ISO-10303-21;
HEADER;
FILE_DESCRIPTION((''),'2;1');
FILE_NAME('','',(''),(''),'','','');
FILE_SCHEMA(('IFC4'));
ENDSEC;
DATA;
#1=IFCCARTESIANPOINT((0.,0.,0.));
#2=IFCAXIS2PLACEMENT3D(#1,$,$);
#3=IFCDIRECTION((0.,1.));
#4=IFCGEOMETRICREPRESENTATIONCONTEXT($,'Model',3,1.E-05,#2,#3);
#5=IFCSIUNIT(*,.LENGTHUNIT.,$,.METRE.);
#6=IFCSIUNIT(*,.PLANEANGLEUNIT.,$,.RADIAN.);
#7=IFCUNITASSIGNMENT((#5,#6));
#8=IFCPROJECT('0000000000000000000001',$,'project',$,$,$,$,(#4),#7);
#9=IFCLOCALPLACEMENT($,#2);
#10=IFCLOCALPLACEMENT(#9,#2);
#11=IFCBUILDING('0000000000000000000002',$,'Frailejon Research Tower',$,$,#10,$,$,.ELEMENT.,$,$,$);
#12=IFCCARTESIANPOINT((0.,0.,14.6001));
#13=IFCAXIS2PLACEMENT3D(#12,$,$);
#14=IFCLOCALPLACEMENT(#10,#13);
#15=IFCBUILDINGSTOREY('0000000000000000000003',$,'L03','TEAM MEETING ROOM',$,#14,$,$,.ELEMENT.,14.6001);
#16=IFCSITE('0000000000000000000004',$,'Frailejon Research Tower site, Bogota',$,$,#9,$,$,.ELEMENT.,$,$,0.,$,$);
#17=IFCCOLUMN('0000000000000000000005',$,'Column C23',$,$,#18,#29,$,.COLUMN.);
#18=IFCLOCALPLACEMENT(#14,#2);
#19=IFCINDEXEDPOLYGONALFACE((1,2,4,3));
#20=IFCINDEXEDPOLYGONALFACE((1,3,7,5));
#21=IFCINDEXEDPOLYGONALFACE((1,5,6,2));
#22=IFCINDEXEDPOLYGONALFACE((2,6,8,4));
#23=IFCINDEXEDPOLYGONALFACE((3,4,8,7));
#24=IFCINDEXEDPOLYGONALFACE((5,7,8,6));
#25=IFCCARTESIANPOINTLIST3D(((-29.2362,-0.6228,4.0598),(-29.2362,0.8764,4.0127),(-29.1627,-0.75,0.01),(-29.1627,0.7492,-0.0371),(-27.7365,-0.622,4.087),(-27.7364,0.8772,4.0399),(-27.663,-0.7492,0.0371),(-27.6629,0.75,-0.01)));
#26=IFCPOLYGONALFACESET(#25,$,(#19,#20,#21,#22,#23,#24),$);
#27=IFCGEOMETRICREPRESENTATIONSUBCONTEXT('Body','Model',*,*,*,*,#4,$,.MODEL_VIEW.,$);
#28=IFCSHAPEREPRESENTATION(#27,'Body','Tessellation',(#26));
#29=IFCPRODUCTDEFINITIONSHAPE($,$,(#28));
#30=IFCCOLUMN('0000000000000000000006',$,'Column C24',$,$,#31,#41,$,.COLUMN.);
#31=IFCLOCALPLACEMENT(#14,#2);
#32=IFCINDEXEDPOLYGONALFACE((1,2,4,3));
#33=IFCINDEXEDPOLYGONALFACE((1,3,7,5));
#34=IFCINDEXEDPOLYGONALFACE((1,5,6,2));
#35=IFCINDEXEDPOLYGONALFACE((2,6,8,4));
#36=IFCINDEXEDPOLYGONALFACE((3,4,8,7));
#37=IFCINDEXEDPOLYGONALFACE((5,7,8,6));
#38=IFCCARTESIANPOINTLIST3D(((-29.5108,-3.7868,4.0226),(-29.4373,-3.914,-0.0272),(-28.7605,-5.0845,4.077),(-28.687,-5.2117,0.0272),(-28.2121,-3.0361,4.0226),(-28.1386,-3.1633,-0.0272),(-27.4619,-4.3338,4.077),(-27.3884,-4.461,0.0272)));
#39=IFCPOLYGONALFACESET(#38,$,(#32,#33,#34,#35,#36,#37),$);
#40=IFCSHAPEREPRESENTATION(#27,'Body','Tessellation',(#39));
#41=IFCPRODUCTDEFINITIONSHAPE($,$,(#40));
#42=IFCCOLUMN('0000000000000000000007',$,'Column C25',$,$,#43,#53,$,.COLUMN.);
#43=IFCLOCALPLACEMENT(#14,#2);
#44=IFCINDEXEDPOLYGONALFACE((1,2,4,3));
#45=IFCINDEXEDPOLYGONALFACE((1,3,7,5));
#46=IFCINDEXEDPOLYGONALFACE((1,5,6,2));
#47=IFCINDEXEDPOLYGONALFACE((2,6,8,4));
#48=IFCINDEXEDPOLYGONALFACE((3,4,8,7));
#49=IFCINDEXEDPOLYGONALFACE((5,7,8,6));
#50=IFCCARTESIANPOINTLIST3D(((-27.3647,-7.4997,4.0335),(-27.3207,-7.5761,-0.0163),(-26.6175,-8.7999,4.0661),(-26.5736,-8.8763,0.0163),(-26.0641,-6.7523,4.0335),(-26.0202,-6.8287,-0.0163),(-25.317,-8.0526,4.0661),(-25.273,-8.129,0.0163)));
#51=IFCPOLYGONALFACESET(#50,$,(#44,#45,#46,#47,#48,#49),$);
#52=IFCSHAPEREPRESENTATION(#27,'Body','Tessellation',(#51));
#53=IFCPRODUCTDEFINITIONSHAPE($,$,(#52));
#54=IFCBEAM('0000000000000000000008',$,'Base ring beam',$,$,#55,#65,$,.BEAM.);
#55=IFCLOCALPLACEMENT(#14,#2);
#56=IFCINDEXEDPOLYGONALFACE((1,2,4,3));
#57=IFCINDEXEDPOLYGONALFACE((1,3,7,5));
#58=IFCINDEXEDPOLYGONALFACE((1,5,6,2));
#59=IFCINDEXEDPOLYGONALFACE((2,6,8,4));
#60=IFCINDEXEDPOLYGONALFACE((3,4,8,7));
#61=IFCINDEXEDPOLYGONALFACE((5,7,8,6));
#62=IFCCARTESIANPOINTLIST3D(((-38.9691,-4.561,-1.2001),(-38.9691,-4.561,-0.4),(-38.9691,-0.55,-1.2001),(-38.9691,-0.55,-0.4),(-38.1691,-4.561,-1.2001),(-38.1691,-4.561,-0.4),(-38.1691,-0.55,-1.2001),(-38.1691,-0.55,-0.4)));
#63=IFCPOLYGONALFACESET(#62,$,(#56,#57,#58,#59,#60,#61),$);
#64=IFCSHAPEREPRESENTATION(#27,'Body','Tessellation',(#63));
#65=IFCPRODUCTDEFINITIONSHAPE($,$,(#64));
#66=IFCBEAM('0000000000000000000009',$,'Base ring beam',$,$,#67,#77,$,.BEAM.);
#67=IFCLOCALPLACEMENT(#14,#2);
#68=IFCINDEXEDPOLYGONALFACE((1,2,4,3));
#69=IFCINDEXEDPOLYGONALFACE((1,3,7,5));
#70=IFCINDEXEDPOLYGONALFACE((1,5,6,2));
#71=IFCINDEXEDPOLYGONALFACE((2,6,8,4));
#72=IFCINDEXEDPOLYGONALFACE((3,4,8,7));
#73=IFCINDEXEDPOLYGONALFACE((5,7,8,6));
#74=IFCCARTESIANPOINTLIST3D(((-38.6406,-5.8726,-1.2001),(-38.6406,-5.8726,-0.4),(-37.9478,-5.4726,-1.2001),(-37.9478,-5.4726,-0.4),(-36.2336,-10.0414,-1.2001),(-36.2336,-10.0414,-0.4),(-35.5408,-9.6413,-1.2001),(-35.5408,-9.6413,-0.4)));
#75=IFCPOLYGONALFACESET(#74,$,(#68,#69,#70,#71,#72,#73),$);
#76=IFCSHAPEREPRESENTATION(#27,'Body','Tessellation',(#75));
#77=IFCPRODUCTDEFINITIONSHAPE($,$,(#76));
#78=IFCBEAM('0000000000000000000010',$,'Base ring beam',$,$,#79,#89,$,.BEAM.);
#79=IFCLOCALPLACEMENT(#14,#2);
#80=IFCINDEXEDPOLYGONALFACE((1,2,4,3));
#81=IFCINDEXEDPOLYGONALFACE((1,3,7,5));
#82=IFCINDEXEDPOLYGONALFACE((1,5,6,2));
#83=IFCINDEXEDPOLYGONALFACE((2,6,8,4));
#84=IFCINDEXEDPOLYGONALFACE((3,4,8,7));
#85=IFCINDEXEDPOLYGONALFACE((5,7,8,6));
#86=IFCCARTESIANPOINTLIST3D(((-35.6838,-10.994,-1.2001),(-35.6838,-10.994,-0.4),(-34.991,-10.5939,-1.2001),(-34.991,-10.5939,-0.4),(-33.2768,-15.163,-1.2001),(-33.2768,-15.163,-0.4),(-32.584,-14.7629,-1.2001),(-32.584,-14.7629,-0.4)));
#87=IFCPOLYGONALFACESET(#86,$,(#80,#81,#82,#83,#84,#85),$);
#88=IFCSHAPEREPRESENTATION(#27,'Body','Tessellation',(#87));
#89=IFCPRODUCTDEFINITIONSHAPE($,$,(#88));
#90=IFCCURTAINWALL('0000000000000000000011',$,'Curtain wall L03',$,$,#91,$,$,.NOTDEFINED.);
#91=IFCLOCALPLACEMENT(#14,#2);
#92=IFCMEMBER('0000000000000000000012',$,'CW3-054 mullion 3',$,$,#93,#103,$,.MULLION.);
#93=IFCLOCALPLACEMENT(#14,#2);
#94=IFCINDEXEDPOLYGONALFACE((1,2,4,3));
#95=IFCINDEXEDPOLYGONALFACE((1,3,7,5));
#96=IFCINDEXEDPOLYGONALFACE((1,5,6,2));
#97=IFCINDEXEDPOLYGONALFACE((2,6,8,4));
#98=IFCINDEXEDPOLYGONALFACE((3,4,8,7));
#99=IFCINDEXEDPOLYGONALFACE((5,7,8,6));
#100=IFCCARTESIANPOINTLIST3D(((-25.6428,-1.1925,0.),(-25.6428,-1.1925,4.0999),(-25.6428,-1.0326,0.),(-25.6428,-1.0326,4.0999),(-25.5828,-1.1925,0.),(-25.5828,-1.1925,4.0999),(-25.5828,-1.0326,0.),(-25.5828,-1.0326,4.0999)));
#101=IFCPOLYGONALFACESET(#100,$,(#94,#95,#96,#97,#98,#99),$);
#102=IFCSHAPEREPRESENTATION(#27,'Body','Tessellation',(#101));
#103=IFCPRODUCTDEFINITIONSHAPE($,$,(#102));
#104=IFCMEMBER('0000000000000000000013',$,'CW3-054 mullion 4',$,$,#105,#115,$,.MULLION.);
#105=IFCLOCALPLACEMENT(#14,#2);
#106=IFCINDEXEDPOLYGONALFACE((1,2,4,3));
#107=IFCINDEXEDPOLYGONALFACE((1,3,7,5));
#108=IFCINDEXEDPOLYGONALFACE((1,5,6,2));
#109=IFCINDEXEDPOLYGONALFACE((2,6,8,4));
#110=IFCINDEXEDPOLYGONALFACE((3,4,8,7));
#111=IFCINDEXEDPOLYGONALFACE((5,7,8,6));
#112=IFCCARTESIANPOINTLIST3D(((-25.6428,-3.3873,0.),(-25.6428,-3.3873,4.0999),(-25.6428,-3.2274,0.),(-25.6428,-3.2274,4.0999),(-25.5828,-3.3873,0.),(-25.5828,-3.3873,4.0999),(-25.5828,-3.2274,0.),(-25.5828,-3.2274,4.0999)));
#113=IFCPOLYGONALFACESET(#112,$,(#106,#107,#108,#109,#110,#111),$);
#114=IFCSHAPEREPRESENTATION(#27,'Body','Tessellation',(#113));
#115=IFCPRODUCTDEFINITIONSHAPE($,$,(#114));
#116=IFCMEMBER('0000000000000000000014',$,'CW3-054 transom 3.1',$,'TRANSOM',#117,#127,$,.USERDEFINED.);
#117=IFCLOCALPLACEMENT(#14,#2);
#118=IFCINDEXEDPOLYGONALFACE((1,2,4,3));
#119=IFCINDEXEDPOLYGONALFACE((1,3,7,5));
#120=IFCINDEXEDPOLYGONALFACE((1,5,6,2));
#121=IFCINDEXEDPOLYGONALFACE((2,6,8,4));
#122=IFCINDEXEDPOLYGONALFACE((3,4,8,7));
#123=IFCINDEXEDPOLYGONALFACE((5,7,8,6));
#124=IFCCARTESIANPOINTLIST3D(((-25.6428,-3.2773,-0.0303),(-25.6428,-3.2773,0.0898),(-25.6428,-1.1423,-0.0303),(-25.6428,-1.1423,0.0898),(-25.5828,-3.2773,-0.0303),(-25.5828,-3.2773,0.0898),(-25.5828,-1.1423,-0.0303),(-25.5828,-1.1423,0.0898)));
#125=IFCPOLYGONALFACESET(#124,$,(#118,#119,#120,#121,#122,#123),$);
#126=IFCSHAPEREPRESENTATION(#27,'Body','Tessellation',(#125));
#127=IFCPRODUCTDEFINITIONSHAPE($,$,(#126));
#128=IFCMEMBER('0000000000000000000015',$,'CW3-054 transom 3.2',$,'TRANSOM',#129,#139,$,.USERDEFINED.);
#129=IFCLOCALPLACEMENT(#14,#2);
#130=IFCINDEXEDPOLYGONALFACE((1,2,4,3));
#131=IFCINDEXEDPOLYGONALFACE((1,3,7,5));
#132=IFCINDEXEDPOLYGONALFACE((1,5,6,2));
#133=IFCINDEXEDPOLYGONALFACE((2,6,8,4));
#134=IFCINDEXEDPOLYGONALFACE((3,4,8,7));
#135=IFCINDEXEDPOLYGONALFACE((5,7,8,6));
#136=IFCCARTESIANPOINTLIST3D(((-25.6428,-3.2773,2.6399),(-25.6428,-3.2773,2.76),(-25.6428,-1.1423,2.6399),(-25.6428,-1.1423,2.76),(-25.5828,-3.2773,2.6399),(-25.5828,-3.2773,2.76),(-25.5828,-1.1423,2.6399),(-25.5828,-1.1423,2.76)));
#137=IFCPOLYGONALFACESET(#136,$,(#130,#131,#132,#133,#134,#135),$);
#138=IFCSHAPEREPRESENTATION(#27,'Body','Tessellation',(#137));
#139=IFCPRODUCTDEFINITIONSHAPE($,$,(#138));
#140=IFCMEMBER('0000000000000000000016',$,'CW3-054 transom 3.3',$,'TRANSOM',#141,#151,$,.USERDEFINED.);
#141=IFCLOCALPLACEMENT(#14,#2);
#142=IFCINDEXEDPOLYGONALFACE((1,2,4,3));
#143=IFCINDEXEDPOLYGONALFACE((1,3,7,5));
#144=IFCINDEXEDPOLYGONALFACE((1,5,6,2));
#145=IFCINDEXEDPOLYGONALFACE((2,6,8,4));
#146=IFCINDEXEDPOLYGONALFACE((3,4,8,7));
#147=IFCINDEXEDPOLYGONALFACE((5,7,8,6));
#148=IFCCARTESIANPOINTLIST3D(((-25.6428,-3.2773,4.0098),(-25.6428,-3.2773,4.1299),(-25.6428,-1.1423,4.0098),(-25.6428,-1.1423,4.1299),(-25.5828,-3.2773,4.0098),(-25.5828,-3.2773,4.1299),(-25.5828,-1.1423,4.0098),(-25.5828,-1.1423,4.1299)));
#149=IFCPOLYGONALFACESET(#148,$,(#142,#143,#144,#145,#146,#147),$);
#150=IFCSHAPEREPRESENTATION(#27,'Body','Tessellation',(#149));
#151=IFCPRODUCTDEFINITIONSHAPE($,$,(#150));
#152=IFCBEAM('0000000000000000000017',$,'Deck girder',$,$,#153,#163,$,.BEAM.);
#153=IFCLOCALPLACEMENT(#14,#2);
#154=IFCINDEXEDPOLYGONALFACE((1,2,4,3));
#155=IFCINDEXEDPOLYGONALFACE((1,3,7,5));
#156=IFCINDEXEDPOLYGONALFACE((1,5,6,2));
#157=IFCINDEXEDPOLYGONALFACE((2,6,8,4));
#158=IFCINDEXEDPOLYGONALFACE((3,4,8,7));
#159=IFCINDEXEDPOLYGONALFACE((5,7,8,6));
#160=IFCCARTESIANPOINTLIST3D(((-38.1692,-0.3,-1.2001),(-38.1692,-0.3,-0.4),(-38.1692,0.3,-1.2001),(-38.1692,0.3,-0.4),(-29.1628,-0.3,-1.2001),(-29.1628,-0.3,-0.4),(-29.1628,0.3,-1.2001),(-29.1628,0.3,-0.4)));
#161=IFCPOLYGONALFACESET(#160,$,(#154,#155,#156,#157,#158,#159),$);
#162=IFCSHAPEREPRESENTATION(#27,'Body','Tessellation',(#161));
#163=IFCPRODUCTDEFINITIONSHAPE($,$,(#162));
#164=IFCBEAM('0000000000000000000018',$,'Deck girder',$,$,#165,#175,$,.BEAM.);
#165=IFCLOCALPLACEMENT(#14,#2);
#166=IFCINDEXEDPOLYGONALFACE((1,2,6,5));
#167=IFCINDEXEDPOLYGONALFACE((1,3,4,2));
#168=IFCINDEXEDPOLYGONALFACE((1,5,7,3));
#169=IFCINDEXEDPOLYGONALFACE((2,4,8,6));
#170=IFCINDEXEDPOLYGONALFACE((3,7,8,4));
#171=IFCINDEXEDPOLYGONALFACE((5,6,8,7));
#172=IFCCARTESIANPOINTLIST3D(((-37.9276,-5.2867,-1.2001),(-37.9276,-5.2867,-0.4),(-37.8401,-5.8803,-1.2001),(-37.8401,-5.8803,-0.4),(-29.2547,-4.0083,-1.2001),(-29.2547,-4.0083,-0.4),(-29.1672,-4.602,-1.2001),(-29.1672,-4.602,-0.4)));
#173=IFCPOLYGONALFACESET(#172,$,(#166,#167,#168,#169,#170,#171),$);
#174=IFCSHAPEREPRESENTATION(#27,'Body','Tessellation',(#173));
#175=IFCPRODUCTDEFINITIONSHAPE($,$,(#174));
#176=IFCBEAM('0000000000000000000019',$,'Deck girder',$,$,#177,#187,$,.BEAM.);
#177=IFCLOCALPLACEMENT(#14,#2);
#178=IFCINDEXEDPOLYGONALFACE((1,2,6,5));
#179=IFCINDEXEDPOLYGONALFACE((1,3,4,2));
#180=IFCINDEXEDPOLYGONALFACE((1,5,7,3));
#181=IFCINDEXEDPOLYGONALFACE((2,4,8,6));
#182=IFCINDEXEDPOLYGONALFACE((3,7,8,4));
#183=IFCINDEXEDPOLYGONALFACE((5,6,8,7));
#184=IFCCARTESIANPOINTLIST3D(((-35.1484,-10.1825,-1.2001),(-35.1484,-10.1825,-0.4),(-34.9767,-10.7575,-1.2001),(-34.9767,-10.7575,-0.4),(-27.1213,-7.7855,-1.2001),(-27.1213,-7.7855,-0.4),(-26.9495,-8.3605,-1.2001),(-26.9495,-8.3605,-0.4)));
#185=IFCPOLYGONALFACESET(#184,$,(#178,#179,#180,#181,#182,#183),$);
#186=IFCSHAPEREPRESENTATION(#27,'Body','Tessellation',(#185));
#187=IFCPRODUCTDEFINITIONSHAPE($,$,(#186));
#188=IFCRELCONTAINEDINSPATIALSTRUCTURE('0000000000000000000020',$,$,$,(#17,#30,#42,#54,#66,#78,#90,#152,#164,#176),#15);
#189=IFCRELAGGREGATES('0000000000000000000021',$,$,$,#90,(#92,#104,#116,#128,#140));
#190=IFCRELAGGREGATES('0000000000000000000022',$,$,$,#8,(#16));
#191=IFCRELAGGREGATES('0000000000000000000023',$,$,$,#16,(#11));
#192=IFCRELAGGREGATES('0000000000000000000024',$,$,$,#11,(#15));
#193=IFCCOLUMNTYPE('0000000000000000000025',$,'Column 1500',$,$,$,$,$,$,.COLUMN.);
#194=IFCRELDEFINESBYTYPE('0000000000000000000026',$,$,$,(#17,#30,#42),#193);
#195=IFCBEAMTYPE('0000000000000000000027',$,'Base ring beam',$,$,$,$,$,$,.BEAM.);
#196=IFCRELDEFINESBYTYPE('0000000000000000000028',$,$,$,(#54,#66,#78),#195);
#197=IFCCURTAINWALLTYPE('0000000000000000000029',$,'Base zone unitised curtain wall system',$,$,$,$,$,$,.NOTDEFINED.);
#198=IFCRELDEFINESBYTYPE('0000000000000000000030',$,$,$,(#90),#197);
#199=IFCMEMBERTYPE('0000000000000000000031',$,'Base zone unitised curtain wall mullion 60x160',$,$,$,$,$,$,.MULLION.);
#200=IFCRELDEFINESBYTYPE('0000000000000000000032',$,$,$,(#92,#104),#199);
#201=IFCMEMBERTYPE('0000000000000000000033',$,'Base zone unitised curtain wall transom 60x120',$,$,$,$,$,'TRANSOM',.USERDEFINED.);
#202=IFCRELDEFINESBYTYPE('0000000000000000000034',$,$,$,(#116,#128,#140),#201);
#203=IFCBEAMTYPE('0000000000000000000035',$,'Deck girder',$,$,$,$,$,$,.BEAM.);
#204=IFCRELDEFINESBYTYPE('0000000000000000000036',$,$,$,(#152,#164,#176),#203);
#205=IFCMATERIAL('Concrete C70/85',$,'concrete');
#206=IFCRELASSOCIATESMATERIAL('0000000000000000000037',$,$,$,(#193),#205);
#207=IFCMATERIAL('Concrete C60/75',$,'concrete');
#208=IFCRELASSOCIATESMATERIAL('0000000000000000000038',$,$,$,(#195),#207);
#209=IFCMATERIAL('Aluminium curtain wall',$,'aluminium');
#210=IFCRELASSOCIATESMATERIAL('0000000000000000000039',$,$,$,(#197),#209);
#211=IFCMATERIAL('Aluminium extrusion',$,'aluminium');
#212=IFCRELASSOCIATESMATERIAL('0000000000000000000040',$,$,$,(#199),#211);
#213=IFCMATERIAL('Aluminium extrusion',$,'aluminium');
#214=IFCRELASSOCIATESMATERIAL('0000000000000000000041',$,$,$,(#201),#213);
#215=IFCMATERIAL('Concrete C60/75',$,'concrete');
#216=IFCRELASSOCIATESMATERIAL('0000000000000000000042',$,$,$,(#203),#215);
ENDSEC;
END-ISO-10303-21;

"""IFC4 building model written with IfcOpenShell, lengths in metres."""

from ifc_helpers import new_model, si_unit, direction, frame, origin, origin_2d, place, context, subcontext, project, spatial, rectangle, extrude, material, material_profile, profile_set, type_object, element, aggregate, save


model = new_model("IFC4")

# Units and contexts
model_context = context("Model", 3, precision=1e-05, world=origin(), true_north=direction((0.0, 1.0)))
body_context = subcontext(model_context, "Body", "Model", "MODEL_VIEW")
ifc_project = project(units=[si_unit("LENGTHUNIT", "METRE"), si_unit("PLANEANGLEUNIT", "RADIAN")], contexts=[model_context])

# Site, building, storey
site_placement = place(None, origin())
site = spatial("IfcSite", under=ifc_project, at=site_placement, Name="Frailejon Research Tower site, Bogota", CompositionType="ELEMENT", RefElevation=0.0)
building_placement = place(site_placement, origin())
building = spatial("IfcBuilding", under=site, at=building_placement, Name="Frailejon Research Tower", CompositionType="ELEMENT")
storey_placement = place(building_placement, frame((0.0, 0.0, 14.6001)))
storey = spatial("IfcBuildingStorey", under=building, at=storey_placement, Name="L03", Description="TEAM MEETING ROOM", CompositionType="ELEMENT", Elevation=14.6001)

# Columns
ifc_material_1 = material(Name="Concrete C70/85", Category="concrete")
ifc_material_profile_1 = material_profile(ifc_material_1, rectangle(XDim=1.5, YDim=1.5, at=origin_2d()), Name="Column 1500")
ifc_profile_set_1 = profile_set([ifc_material_profile_1], Name="Concrete C70/85")
column_type = type_object("IfcColumnType", Name="Column 1500", PredefinedType="COLUMN", material=ifc_profile_set_1)
for number, where, z_axis, x_axis, name in (
    (1, (-28.4128, 0.0, 0.0), (-0.018134, 0.031388, 0.999343), (-0.000022, -0.999507, 0.031392), "Column C23"),
    (2, (-28.4128, -4.1875, 0.0), (-0.018134, 0.031388, 0.999343), (0.500145, -0.865183, 0.036249), "Column C24"),
):
    element("IfcColumn", number, at=place(storey_placement, frame(where, z_axis=z_axis, x_axis=x_axis)), inside=storey, type_object=column_type, Name=name, PredefinedType="COLUMN", context=body_context, shape_type="SweptSolid", body=[
        extrude(rectangle(XDim=1.5, YDim=1.5, at=origin_2d()), origin(), (0.0, 0.0, 1.0), 4.0525),
    ])
column_placement = place(storey_placement, frame((-26.2969, -7.8525, 0.0), z_axis=(-0.010849, 0.018865, 0.999763), x_axis=(0.49811, -0.866841, 0.021762)))
element("IfcColumn", 3, at=column_placement, inside=storey, type_object=column_type, Name="Column C25", PredefinedType="COLUMN", context=body_context, shape_type="SweptSolid", body=[
    extrude(rectangle(XDim=1.5, YDim=1.5, at=origin_2d()), origin(), (0.0, 0.0, 1.0), 4.0508),
])

# Beams
ifc_material_2 = material(Name="Concrete C60/75", Category="concrete")
ifc_material_profile_2 = material_profile(ifc_material_2, rectangle(XDim=0.8, YDim=0.8, at=origin_2d()), Name="Base ring beam")
ifc_profile_set_2 = profile_set([ifc_material_profile_2], Name="Concrete C60/75")
beam_type_1 = type_object("IfcBeamType", Name="Base ring beam", PredefinedType="BEAM", material=ifc_profile_set_2)
beam_1_placement = place(storey_placement, frame((-38.5691, -0.55, -0.8), z_axis=(0.0, -1.0, 0.0), x_axis=(1.0, 0.0, 0.0)))
element("IfcBeam", 4, at=beam_1_placement, inside=storey, type_object=beam_type_1, Name="Base ring beam", PredefinedType="BEAM", context=body_context, shape_type="SweptSolid", body=[
    extrude(rectangle(XDim=0.8, YDim=0.8, at=origin_2d()), origin(), (0.0, 0.0, 1.0), 4.011),
])
beam_2_placement = place(storey_placement, frame((-38.2942, -5.6726, -0.8), z_axis=(0.500028, -0.866009, 0.0), x_axis=(0.866009, 0.500028, 0.0)))
element("IfcBeam", 5, at=beam_2_placement, inside=storey, type_object=beam_type_1, Name="Base ring beam", PredefinedType="BEAM", context=body_context, shape_type="SweptSolid", body=[
    extrude(rectangle(XDim=0.8, YDim=0.8, at=origin_2d()), origin(), (0.0, 0.0, 1.0), 4.8137),
])
beam_3_placement = place(storey_placement, frame((-35.3374, -10.7939, -0.8), z_axis=(0.500006, -0.866022, 0.0), x_axis=(0.866022, 0.500006, 0.0)))
element("IfcBeam", 6, at=beam_3_placement, inside=storey, type_object=beam_type_1, Name="Base ring beam", PredefinedType="BEAM", context=body_context, shape_type="SweptSolid", body=[
    extrude(rectangle(XDim=0.8, YDim=0.8, at=origin_2d()), origin(), (0.0, 0.0, 1.0), 4.814),
])

# Curtain wall, members
ifc_material_3 = material(Name="Aluminium curtain wall", Category="aluminium")
curtain_wall_type = type_object("IfcCurtainWallType", Name="Base zone unitised curtain wall system", PredefinedType="NOTDEFINED", material=ifc_material_3)
curtain_wall_placement = place(storey_placement, origin())
curtain_wall = element("IfcCurtainWall", 7, at=curtain_wall_placement, inside=storey, type_object=curtain_wall_type, Name="Curtain wall L03", PredefinedType="NOTDEFINED")
ifc_material_4 = material(Name="Aluminium extrusion", Category="aluminium")
ifc_material_profile_3 = material_profile(ifc_material_4, rectangle(XDim=0.0601, YDim=0.1599, at=origin_2d()), Name="Base zone unitised curtain wall mullion 60x160")
ifc_profile_set_3 = profile_set([ifc_material_profile_3], Name="Aluminium extrusion")
member_type_1 = type_object("IfcMemberType", Name="Base zone unitised curtain wall mullion 60x160", PredefinedType="MULLION", material=ifc_profile_set_3)
member_1_placement = place(storey_placement, frame((-25.6128, -1.1125, 0.0), z_axis=(0.0, 0.0, 1.0), x_axis=(1.0, 0.0, 0.0)))
member_1 = element("IfcMember", 8, at=member_1_placement, type_object=member_type_1, Name="CW3-054 mullion 3", PredefinedType="MULLION", context=body_context, shape_type="SweptSolid", body=[
    extrude(rectangle(XDim=0.0601, YDim=0.1599, at=origin_2d()), origin(), (0.0, 0.0, 1.0), 4.0999),
])
member_2_placement = place(storey_placement, frame((-25.6128, -3.3074, 0.0), z_axis=(0.0, 0.0, 1.0), x_axis=(1.0, 0.0, 0.0)))
member_2 = element("IfcMember", 9, at=member_2_placement, type_object=member_type_1, Name="CW3-054 mullion 4", PredefinedType="MULLION", context=body_context, shape_type="SweptSolid", body=[
    extrude(rectangle(XDim=0.0601, YDim=0.1599, at=origin_2d()), origin(), (0.0, 0.0, 1.0), 4.0999),
])
ifc_material_5 = material(Name="Aluminium extrusion", Category="aluminium")
ifc_material_profile_4 = material_profile(ifc_material_5, rectangle(XDim=0.0601, YDim=0.1201, at=origin_2d()), Name="Base zone unitised curtain wall transom 60x120")
ifc_profile_set_4 = profile_set([ifc_material_profile_4], Name="Aluminium extrusion")
member_type_2 = type_object("IfcMemberType", Name="Base zone unitised curtain wall transom 60x120", ElementType="TRANSOM", PredefinedType="USERDEFINED", material=ifc_profile_set_4)
member_3_placement = place(storey_placement, frame((-25.6128, -1.1423, 0.0298), z_axis=(0.0, -1.0, 0.0), x_axis=(1.0, 0.0, 0.0)))
member_3 = element("IfcMember", 10, at=member_3_placement, type_object=member_type_2, Name="CW3-054 transom 3.1", ObjectType="TRANSOM", PredefinedType="USERDEFINED", context=body_context, shape_type="SweptSolid", body=[
    extrude(rectangle(XDim=0.0601, YDim=0.1201, at=origin_2d()), origin(), (0.0, 0.0, 1.0), 2.135),
])
member_4_placement = place(storey_placement, frame((-25.6128, -1.1423, 2.7), z_axis=(0.0, -1.0, 0.0), x_axis=(1.0, 0.0, 0.0)))
member_4 = element("IfcMember", 11, at=member_4_placement, type_object=member_type_2, Name="CW3-054 transom 3.2", ObjectType="TRANSOM", PredefinedType="USERDEFINED", context=body_context, shape_type="SweptSolid", body=[
    extrude(rectangle(XDim=0.0601, YDim=0.1201, at=origin_2d()), origin(), (0.0, 0.0, 1.0), 2.135),
])
member_5_placement = place(storey_placement, frame((-25.6128, -1.1423, 4.0698), z_axis=(0.0, -1.0, 0.0), x_axis=(1.0, 0.0, 0.0)))
member_5 = element("IfcMember", 12, at=member_5_placement, type_object=member_type_2, Name="CW3-054 transom 3.3", ObjectType="TRANSOM", PredefinedType="USERDEFINED", context=body_context, shape_type="SweptSolid", body=[
    extrude(rectangle(XDim=0.0601, YDim=0.1201, at=origin_2d()), origin(), (0.0, 0.0, 1.0), 2.135),
])

# Beams
ifc_material_6 = material(Name="Concrete C60/75", Category="concrete")
ifc_material_profile_5 = material_profile(ifc_material_6, rectangle(XDim=0.6001, YDim=0.8, at=origin_2d()), Name="Deck girder")
ifc_profile_set_5 = profile_set([ifc_material_profile_5], Name="Concrete C60/75")
beam_type_2 = type_object("IfcBeamType", Name="Deck girder", PredefinedType="BEAM", material=ifc_profile_set_5)
beam_4_placement = place(storey_placement, frame((-29.1628, 0.0, -0.8), z_axis=(-1.0, 0.0, 0.0), x_axis=(0.0, -1.0, 0.0)))
element("IfcBeam", 13, at=beam_4_placement, inside=storey, type_object=beam_type_2, Name="Deck girder", PredefinedType="BEAM", context=body_context, shape_type="SweptSolid", body=[
    extrude(rectangle(XDim=0.6001, YDim=0.8, at=origin_2d()), origin(), (0.0, 0.0, 1.0), 9.0063),
])
beam_5_placement = place(storey_placement, frame((-29.2109, -4.3052, -0.8), z_axis=(-0.989311, -0.145818, 0.0), x_axis=(0.145818, -0.989311, 0.0)))
element("IfcBeam", 14, at=beam_5_placement, inside=storey, type_object=beam_type_2, Name="Deck girder", PredefinedType="BEAM", context=body_context, shape_type="SweptSolid", body=[
    extrude(rectangle(XDim=0.6001, YDim=0.8, at=origin_2d()), origin(), (0.0, 0.0, 1.0), 8.7666),
])
beam_6_placement = place(storey_placement, frame((-27.0354, -8.073, -0.8), z_axis=(-0.958192, -0.286126, 0.0), x_axis=(0.286126, -0.958192, 0.0)))
element("IfcBeam", 15, at=beam_6_placement, inside=storey, type_object=beam_type_2, Name="Deck girder", PredefinedType="BEAM", context=body_context, shape_type="SweptSolid", body=[
    extrude(rectangle(XDim=0.6001, YDim=0.8, at=origin_2d()), origin(), (0.0, 0.0, 1.0), 8.3774),
])

aggregate(curtain_wall, [member_1, member_2, member_3, member_4, member_5])

save(model, "model.ifc")
